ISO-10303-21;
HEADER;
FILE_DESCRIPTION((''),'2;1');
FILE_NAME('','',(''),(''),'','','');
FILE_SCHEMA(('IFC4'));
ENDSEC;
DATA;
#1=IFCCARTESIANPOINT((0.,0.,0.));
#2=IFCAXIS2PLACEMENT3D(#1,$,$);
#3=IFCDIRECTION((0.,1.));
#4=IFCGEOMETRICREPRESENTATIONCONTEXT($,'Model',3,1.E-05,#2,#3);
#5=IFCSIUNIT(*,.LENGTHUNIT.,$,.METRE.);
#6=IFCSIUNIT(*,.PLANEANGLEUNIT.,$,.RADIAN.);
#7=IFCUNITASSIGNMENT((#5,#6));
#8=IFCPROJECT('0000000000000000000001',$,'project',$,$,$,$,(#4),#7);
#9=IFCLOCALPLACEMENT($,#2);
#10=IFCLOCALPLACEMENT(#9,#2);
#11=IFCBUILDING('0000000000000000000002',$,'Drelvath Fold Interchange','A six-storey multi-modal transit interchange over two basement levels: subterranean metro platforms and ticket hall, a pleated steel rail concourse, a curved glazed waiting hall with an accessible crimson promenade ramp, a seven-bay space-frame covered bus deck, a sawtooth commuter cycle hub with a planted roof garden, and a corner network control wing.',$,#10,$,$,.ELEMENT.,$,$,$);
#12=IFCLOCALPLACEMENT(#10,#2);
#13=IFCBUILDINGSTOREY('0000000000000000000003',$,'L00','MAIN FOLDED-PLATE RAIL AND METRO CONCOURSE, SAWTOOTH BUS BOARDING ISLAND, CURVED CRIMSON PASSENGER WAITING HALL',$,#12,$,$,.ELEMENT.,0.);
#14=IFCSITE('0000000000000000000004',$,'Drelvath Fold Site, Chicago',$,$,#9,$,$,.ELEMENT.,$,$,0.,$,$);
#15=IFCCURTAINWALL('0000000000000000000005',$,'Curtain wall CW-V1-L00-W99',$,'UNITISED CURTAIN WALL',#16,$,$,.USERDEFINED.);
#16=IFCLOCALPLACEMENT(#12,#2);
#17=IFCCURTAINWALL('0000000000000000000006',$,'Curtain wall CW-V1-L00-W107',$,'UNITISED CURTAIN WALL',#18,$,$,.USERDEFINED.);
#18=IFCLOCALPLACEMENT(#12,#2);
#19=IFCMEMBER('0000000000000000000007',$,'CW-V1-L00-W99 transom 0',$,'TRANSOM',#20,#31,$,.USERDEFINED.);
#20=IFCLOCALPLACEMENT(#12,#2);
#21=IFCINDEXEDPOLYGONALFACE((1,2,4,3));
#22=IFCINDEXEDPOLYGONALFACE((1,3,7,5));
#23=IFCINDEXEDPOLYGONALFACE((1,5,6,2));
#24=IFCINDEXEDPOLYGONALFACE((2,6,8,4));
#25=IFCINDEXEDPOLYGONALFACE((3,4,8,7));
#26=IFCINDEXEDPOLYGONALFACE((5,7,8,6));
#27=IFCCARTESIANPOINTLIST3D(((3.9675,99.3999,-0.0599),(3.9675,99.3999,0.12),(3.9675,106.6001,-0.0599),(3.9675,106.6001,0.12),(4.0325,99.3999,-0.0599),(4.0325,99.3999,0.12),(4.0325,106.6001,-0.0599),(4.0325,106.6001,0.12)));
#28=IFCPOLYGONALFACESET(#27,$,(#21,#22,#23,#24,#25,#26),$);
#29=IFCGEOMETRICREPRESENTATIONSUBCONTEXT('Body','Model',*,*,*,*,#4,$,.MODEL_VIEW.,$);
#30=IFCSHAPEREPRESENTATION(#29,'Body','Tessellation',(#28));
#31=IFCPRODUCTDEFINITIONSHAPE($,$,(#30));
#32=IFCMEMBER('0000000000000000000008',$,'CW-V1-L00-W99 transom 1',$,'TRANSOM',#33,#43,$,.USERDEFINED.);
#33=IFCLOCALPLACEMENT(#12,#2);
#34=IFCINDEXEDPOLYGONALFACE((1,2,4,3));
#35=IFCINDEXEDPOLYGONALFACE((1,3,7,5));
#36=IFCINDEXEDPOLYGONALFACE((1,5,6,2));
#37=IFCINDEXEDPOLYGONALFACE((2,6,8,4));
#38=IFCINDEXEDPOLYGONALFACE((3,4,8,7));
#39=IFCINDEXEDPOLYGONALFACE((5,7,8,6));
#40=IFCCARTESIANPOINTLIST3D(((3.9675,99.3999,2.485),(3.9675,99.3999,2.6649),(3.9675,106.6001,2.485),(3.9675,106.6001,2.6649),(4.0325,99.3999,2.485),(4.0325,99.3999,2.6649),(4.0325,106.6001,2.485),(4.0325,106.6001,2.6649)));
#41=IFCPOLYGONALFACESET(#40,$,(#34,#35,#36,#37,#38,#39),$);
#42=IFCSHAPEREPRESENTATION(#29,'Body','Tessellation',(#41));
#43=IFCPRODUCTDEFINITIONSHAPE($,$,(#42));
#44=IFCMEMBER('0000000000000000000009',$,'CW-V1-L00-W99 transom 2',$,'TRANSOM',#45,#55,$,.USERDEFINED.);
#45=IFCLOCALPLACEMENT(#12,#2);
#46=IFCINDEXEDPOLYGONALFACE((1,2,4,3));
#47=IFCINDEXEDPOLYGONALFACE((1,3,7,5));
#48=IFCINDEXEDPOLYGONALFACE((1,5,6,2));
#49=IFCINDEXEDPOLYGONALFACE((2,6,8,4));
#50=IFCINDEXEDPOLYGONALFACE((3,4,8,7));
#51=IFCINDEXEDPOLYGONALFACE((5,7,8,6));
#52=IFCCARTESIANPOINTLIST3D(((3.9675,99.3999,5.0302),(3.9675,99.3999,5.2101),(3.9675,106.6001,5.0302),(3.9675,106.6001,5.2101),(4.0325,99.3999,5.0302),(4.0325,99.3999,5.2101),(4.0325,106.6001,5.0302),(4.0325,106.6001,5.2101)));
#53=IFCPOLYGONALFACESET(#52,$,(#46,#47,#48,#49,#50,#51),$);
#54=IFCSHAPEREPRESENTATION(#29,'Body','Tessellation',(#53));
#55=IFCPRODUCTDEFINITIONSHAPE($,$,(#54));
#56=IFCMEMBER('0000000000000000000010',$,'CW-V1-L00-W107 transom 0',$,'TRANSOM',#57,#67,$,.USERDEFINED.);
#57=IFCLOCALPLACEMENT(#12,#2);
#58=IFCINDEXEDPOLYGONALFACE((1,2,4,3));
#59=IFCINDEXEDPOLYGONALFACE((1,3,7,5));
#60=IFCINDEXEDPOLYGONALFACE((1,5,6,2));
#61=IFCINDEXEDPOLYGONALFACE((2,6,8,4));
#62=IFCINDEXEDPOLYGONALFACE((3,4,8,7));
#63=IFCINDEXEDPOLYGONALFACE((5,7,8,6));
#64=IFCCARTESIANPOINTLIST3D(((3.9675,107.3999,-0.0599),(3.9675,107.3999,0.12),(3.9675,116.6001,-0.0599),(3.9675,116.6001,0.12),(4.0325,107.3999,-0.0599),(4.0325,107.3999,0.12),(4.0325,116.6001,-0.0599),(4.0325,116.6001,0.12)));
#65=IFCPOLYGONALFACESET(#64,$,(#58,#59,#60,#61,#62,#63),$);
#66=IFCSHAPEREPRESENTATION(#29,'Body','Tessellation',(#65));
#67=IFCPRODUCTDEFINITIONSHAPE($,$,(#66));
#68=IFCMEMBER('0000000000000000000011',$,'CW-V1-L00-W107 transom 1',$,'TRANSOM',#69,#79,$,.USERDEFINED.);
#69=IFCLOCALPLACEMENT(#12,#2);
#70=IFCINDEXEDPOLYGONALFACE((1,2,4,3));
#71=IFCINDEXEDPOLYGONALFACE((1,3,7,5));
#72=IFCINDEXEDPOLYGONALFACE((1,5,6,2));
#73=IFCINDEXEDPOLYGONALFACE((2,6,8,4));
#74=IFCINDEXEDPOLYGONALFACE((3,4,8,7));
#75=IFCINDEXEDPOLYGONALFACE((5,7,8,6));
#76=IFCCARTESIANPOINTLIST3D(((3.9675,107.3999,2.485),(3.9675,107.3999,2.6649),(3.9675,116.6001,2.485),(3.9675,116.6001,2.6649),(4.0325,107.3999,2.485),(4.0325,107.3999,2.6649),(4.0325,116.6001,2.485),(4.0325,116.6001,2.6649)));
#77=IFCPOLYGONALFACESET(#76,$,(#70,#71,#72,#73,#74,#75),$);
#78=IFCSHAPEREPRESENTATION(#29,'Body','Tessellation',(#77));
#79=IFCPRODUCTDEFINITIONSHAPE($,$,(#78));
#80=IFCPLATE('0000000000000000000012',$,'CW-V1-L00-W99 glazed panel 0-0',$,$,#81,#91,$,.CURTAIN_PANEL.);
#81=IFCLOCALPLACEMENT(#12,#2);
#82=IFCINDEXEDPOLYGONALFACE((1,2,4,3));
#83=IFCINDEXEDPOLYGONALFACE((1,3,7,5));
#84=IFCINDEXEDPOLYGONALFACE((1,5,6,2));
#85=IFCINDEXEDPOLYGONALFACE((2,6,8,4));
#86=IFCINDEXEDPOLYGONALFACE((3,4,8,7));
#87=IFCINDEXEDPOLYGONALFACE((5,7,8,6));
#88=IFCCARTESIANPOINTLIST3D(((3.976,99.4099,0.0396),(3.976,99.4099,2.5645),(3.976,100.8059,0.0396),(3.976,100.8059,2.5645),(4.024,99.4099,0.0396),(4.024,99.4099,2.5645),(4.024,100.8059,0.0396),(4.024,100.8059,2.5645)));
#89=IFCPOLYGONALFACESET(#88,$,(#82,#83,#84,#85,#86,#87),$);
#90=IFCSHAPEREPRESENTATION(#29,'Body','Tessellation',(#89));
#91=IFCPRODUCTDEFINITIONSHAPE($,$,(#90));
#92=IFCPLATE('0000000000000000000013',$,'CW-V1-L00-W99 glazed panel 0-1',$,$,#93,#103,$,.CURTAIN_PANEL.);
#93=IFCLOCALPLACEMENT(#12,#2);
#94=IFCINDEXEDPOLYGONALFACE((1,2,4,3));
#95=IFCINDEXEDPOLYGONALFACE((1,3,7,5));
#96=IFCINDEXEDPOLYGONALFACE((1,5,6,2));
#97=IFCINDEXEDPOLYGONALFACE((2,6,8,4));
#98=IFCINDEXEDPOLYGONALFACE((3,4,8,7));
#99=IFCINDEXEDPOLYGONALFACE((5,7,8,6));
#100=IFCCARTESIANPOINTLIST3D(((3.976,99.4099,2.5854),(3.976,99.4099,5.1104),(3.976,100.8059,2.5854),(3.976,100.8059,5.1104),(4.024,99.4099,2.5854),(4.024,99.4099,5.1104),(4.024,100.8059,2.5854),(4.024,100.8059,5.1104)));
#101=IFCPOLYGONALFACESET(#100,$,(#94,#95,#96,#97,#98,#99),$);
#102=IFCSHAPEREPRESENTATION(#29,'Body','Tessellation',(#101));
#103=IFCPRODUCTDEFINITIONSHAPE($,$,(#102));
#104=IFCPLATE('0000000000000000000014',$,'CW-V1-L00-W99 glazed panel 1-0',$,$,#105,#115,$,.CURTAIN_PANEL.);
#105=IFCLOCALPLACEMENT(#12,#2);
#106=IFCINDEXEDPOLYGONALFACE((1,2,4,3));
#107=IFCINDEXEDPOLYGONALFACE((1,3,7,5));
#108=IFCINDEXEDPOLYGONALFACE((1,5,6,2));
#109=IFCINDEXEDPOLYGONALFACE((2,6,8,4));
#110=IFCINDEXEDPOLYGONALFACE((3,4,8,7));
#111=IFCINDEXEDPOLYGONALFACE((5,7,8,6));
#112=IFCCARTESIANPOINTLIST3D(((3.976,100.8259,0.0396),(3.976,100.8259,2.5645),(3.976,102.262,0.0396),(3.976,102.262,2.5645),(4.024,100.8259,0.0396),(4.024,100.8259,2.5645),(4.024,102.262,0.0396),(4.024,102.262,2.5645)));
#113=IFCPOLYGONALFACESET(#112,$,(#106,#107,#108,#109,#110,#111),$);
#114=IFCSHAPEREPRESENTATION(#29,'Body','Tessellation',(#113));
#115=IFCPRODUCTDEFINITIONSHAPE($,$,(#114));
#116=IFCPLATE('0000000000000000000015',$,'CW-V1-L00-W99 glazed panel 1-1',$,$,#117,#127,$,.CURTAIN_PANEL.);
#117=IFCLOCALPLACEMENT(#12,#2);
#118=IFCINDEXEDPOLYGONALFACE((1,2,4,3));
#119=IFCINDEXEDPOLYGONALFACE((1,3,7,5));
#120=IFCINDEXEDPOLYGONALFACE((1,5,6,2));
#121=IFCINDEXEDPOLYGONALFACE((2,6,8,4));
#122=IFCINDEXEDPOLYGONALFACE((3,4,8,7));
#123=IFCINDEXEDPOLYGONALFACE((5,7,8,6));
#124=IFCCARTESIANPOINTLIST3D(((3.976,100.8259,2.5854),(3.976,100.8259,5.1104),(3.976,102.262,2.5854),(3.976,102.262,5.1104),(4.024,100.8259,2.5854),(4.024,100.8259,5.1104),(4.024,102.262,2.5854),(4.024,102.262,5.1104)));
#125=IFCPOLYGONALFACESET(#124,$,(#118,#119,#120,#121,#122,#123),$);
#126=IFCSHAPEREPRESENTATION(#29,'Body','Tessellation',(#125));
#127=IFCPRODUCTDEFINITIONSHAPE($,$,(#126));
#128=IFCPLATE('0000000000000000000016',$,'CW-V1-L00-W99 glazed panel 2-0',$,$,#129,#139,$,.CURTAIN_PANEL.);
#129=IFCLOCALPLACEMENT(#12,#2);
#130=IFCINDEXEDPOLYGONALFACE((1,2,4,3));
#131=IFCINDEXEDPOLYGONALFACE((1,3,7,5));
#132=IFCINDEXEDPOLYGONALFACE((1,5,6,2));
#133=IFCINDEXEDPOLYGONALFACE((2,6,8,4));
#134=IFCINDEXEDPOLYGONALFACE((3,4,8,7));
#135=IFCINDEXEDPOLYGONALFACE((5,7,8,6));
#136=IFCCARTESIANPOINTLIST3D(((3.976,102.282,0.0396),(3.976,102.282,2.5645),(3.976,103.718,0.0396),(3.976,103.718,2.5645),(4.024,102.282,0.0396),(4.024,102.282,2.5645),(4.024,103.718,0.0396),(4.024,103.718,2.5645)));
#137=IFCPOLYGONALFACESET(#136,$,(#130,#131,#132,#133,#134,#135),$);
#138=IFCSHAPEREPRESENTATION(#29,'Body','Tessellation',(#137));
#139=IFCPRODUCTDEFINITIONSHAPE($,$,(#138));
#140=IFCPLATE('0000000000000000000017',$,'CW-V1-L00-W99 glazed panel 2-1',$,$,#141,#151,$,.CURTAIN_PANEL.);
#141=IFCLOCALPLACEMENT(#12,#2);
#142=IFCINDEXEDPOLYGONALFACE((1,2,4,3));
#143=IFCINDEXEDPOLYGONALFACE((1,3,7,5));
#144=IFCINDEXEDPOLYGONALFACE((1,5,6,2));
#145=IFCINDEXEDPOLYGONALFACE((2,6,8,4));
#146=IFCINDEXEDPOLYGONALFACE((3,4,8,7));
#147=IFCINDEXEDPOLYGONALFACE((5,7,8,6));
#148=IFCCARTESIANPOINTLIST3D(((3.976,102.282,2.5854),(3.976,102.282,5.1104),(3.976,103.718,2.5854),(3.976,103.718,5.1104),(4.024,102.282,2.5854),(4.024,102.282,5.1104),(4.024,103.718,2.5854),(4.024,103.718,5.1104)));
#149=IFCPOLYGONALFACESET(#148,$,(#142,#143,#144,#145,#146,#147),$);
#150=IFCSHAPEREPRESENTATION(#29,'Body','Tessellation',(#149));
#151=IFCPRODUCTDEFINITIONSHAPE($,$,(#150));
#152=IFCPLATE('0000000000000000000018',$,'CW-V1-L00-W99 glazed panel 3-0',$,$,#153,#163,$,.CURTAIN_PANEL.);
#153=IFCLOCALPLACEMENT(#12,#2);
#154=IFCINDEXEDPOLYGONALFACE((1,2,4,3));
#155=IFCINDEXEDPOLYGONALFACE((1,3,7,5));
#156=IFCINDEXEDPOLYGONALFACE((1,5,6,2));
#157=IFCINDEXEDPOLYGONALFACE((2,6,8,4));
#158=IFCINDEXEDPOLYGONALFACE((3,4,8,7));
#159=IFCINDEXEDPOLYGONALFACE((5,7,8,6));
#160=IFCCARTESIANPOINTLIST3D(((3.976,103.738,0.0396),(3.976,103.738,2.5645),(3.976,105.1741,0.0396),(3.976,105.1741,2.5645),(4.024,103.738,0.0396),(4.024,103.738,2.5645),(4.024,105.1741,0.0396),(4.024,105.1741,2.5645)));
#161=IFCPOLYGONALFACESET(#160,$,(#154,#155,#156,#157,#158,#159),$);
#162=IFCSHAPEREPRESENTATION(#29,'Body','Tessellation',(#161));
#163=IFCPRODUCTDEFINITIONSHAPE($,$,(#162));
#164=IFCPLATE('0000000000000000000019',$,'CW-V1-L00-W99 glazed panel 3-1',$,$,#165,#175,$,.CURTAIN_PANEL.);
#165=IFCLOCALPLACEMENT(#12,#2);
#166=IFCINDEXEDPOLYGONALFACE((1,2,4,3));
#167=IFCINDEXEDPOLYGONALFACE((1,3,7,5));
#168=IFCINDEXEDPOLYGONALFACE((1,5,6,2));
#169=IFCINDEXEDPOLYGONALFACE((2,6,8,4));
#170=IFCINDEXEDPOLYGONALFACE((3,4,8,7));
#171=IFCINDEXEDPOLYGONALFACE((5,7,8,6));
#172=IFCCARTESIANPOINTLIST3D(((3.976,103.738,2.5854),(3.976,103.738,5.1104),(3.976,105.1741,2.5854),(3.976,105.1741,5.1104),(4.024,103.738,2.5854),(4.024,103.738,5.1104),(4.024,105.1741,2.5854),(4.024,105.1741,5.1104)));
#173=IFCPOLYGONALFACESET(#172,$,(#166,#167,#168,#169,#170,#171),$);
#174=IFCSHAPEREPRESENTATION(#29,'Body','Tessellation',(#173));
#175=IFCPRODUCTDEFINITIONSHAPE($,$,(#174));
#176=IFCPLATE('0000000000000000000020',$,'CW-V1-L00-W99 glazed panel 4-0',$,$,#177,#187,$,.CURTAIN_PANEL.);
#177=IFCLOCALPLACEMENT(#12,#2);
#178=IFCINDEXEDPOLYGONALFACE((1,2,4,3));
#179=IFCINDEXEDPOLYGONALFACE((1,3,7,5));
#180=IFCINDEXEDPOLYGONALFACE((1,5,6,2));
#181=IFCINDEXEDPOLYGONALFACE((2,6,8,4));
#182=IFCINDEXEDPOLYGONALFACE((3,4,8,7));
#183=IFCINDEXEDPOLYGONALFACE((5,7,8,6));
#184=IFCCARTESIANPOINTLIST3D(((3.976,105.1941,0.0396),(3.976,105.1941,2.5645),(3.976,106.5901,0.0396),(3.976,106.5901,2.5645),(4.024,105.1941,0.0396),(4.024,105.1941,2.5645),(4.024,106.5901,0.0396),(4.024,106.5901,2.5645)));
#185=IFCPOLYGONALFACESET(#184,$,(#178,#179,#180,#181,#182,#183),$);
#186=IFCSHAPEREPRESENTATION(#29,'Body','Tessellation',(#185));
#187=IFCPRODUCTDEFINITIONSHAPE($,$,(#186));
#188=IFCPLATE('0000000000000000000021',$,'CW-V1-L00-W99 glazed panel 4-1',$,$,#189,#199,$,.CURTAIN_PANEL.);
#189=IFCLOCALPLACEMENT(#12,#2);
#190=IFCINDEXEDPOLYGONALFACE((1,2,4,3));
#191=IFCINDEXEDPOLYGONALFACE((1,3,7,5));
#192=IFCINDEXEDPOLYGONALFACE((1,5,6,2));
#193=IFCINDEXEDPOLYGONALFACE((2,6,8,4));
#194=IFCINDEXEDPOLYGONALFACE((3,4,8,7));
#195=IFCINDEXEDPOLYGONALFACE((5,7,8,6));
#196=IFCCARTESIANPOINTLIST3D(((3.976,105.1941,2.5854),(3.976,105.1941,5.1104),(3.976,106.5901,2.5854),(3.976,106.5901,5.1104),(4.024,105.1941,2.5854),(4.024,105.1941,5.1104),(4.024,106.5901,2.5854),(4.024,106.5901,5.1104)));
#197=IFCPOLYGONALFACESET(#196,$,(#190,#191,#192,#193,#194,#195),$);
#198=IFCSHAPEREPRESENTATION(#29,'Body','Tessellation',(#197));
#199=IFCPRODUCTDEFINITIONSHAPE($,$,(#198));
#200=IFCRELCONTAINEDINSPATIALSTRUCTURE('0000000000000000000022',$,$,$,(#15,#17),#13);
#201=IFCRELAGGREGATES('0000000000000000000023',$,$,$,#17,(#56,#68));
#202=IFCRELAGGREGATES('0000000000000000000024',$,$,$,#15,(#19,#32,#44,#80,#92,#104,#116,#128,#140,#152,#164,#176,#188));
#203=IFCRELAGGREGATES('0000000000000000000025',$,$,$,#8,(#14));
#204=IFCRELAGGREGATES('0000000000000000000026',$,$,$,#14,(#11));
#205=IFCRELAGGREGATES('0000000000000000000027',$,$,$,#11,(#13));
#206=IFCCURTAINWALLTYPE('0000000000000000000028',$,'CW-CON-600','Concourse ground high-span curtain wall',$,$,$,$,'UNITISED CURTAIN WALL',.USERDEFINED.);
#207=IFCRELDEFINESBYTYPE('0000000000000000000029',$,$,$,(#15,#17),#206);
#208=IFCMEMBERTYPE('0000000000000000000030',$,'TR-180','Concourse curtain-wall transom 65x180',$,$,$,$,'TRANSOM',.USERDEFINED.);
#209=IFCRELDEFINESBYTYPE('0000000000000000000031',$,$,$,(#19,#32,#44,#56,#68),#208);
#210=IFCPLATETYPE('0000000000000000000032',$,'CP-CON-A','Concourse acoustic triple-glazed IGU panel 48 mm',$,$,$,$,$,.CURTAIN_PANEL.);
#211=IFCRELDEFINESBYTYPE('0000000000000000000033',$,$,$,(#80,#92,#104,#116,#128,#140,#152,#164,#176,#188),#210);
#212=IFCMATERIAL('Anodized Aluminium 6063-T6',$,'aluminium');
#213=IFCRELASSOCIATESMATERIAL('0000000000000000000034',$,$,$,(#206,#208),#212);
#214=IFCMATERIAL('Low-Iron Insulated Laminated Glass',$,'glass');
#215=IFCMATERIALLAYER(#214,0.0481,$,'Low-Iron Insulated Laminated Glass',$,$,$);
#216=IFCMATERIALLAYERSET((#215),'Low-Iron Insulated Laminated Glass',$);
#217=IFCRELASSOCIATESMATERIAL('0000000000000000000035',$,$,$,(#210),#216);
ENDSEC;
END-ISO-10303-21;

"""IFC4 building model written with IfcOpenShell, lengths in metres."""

from ifc_helpers import new_model, si_unit, direction, frame, origin, origin_2d, place, context, subcontext, project, spatial, rectangle, extrude, material, layer, layer_set, material_profile, profile_set, type_object, element, aggregate, save


model = new_model("IFC4")

# Units and contexts
model_context = context("Model", 3, precision=1e-05, world=origin(), true_north=direction((0.0, 1.0)))
body_context = subcontext(model_context, "Body", "Model", "MODEL_VIEW")
ifc_project = project(units=[si_unit("LENGTHUNIT", "METRE"), si_unit("PLANEANGLEUNIT", "RADIAN")], contexts=[model_context])

# Site, building, storey
site_placement = place(None, origin())
site = spatial("IfcSite", under=ifc_project, at=site_placement, Name="Drelvath Fold Site, Chicago", CompositionType="ELEMENT", RefElevation=0.0)
building_placement = place(site_placement, origin())
building = spatial("IfcBuilding", under=site, at=building_placement, Name="Drelvath Fold Interchange", Description="A six-storey multi-modal transit interchange over two basement levels: subterranean metro platforms and ticket hall, a pleated steel rail concourse, a curved glazed waiting hall with an accessible crimson promenade ramp, a seven-bay space-frame covered bus deck, a sawtooth commuter cycle hub with a planted roof garden, and a corner network control wing.", CompositionType="ELEMENT")
storey_placement = place(building_placement, origin())
storey = spatial("IfcBuildingStorey", under=building, at=storey_placement, Name="L00", Description="MAIN FOLDED-PLATE RAIL AND METRO CONCOURSE, SAWTOOTH BUS BOARDING ISLAND, CURVED CRIMSON PASSENGER WAITING HALL", CompositionType="ELEMENT", Elevation=0.0)

# Curtain wall
ifc_material_1 = material(Name="Anodized Aluminium 6063-T6", Category="aluminium")
curtain_wall_type = type_object("IfcCurtainWallType", Name="CW-CON-600", Description="Concourse ground high-span curtain wall", ElementType="UNITISED CURTAIN WALL", PredefinedType="USERDEFINED", material=ifc_material_1)
curtain_wall_1_placement = place(storey_placement, origin())
curtain_wall_1 = element("IfcCurtainWall", 1, at=curtain_wall_1_placement, inside=storey, type_object=curtain_wall_type, Name="Curtain wall CW-V1-L00-W99", ObjectType="UNITISED CURTAIN WALL", PredefinedType="USERDEFINED")

# Curtain wall
curtain_wall_2_placement = place(storey_placement, origin())
curtain_wall_2 = element("IfcCurtainWall", 2, at=curtain_wall_2_placement, inside=storey, type_object=curtain_wall_type, Name="Curtain wall CW-V1-L00-W107", ObjectType="UNITISED CURTAIN WALL", PredefinedType="USERDEFINED")

# Members
ifc_material_profile_1 = material_profile(ifc_material_1, rectangle(XDim=0.0649, YDim=0.1799, at=origin_2d()), Name="AL-T 65x180")
ifc_profile_set_1 = profile_set([ifc_material_profile_1], Name="Anodized Aluminium 6063-T6")
member_type_1 = type_object("IfcMemberType", Name="TR-180", Description="Concourse curtain-wall transom 65x180", ElementType="TRANSOM", PredefinedType="USERDEFINED", material=ifc_profile_set_1)
member_1_placement = place(storey_placement, frame((4.0, 99.3999, 0.03), z_axis=(0.0, 1.0, 0.0), x_axis=(-1.0, 0.0, 0.0)))
member_1 = element("IfcMember", 3, at=member_1_placement, type_object=member_type_1, Name="CW-V1-L00-W99 transom 0", ObjectType="TRANSOM", PredefinedType="USERDEFINED", context=body_context, shape_type="SweptSolid", body=[
    extrude(rectangle(XDim=0.0649, YDim=0.1799, at=origin_2d()), origin(), (0.0, 0.0, 1.0), 7.2002),
])
member_2_placement = place(storey_placement, frame((4.0, 99.3999, 2.575), z_axis=(0.0, 1.0, 0.0), x_axis=(-1.0, 0.0, 0.0)))
member_2 = element("IfcMember", 4, at=member_2_placement, type_object=member_type_1, Name="CW-V1-L00-W99 transom 1", ObjectType="TRANSOM", PredefinedType="USERDEFINED", context=body_context, shape_type="SweptSolid", body=[
    extrude(rectangle(XDim=0.0649, YDim=0.1799, at=origin_2d()), origin(), (0.0, 0.0, 1.0), 7.2002),
])
member_3_placement = place(storey_placement, frame((4.0, 99.3999, 5.1201), z_axis=(0.0, 1.0, 0.0), x_axis=(-1.0, 0.0, 0.0)))
member_3 = element("IfcMember", 5, at=member_3_placement, type_object=member_type_1, Name="CW-V1-L00-W99 transom 2", ObjectType="TRANSOM", PredefinedType="USERDEFINED", context=body_context, shape_type="SweptSolid", body=[
    extrude(rectangle(XDim=0.0649, YDim=0.1799, at=origin_2d()), origin(), (0.0, 0.0, 1.0), 7.2002),
])
member_4_placement = place(storey_placement, frame((4.0, 107.3999, 0.03), z_axis=(0.0, 1.0, 0.0), x_axis=(-1.0, 0.0, 0.0)))
member_4 = element("IfcMember", 6, at=member_4_placement, type_object=member_type_1, Name="CW-V1-L00-W107 transom 0", ObjectType="TRANSOM", PredefinedType="USERDEFINED", context=body_context, shape_type="SweptSolid", body=[
    extrude(rectangle(XDim=0.0649, YDim=0.1799, at=origin_2d()), origin(), (0.0, 0.0, 1.0), 9.2002),
])
member_5_placement = place(storey_placement, frame((4.0, 107.3999, 2.575), z_axis=(0.0, 1.0, 0.0), x_axis=(-1.0, 0.0, 0.0)))
member_5 = element("IfcMember", 7, at=member_5_placement, type_object=member_type_1, Name="CW-V1-L00-W107 transom 1", ObjectType="TRANSOM", PredefinedType="USERDEFINED", context=body_context, shape_type="SweptSolid", body=[
    extrude(rectangle(XDim=0.0649, YDim=0.1799, at=origin_2d()), origin(), (0.0, 0.0, 1.0), 9.2002),
])
aggregate(curtain_wall_2, [member_4, member_5])

# Plates
ifc_material_2 = material(Name="Low-Iron Insulated Laminated Glass", Category="glass")
ifc_layer_1 = layer(ifc_material_2, 0.0481, Name="Low-Iron Insulated Laminated Glass")
ifc_layer_set_1 = layer_set([ifc_layer_1], Name="Low-Iron Insulated Laminated Glass")
plate_type_1 = type_object("IfcPlateType", Name="CP-CON-A", Description="Concourse acoustic triple-glazed IGU panel 48 mm", PredefinedType="CURTAIN_PANEL", material=ifc_layer_set_1)
plate_1_placement = place(storey_placement, frame((4.0, 100.1079, 0.0396), z_axis=(0.0, 0.0, 1.0), x_axis=(0.0, 1.0, 0.0)))
plate_1 = element("IfcPlate", 8, at=plate_1_placement, type_object=plate_type_1, Name="CW-V1-L00-W99 glazed panel 0-0", PredefinedType="CURTAIN_PANEL", context=body_context, shape_type="SweptSolid", body=[
    extrude(rectangle(XDim=1.396, YDim=0.0481, at=origin_2d()), origin(), (0.0, 0.0, 1.0), 2.5249),
])
plate_2_placement = place(storey_placement, frame((4.0, 100.1079, 2.5854), z_axis=(0.0, 0.0, 1.0), x_axis=(0.0, 1.0, 0.0)))
plate_2 = element("IfcPlate", 9, at=plate_2_placement, type_object=plate_type_1, Name="CW-V1-L00-W99 glazed panel 0-1", PredefinedType="CURTAIN_PANEL", context=body_context, shape_type="SweptSolid", body=[
    extrude(rectangle(XDim=1.396, YDim=0.0481, at=origin_2d()), origin(), (0.0, 0.0, 1.0), 2.5249),
])
plate_3_placement = place(storey_placement, frame((4.0, 101.5439, 0.0396), z_axis=(0.0, 0.0, 1.0), x_axis=(0.0, 1.0, 0.0)))
plate_3 = element("IfcPlate", 10, at=plate_3_placement, type_object=plate_type_1, Name="CW-V1-L00-W99 glazed panel 1-0", PredefinedType="CURTAIN_PANEL", context=body_context, shape_type="SweptSolid", body=[
    extrude(rectangle(XDim=1.436, YDim=0.0481, at=origin_2d()), origin(), (0.0, 0.0, 1.0), 2.5249),
])
plate_4_placement = place(storey_placement, frame((4.0, 101.5439, 2.5854), z_axis=(0.0, 0.0, 1.0), x_axis=(0.0, 1.0, 0.0)))
plate_4 = element("IfcPlate", 11, at=plate_4_placement, type_object=plate_type_1, Name="CW-V1-L00-W99 glazed panel 1-1", PredefinedType="CURTAIN_PANEL", context=body_context, shape_type="SweptSolid", body=[
    extrude(rectangle(XDim=1.436, YDim=0.0481, at=origin_2d()), origin(), (0.0, 0.0, 1.0), 2.5249),
])
plate_5_placement = place(storey_placement, frame((4.0, 103.0, 0.0396), z_axis=(0.0, 0.0, 1.0), x_axis=(0.0, 1.0, 0.0)))
plate_5 = element("IfcPlate", 12, at=plate_5_placement, type_object=plate_type_1, Name="CW-V1-L00-W99 glazed panel 2-0", PredefinedType="CURTAIN_PANEL", context=body_context, shape_type="SweptSolid", body=[
    extrude(rectangle(XDim=1.436, YDim=0.0481, at=origin_2d()), origin(), (0.0, 0.0, 1.0), 2.5249),
])
plate_6_placement = place(storey_placement, frame((4.0, 103.0, 2.5854), z_axis=(0.0, 0.0, 1.0), x_axis=(0.0, 1.0, 0.0)))
plate_6 = element("IfcPlate", 13, at=plate_6_placement, type_object=plate_type_1, Name="CW-V1-L00-W99 glazed panel 2-1", PredefinedType="CURTAIN_PANEL", context=body_context, shape_type="SweptSolid", body=[
    extrude(rectangle(XDim=1.436, YDim=0.0481, at=origin_2d()), origin(), (0.0, 0.0, 1.0), 2.5249),
])
plate_7_placement = place(storey_placement, frame((4.0, 104.4561, 0.0396), z_axis=(0.0, 0.0, 1.0), x_axis=(0.0, 1.0, 0.0)))
plate_7 = element("IfcPlate", 14, at=plate_7_placement, type_object=plate_type_1, Name="CW-V1-L00-W99 glazed panel 3-0", PredefinedType="CURTAIN_PANEL", context=body_context, shape_type="SweptSolid", body=[
    extrude(rectangle(XDim=1.436, YDim=0.0481, at=origin_2d()), origin(), (0.0, 0.0, 1.0), 2.5249),
])
plate_8_placement = place(storey_placement, frame((4.0, 104.4561, 2.5854), z_axis=(0.0, 0.0, 1.0), x_axis=(0.0, 1.0, 0.0)))
plate_8 = element("IfcPlate", 15, at=plate_8_placement, type_object=plate_type_1, Name="CW-V1-L00-W99 glazed panel 3-1", PredefinedType="CURTAIN_PANEL", context=body_context, shape_type="SweptSolid", body=[
    extrude(rectangle(XDim=1.436, YDim=0.0481, at=origin_2d()), origin(), (0.0, 0.0, 1.0), 2.5249),
])
plate_9_placement = place(storey_placement, frame((4.0, 105.8921, 0.0396), z_axis=(0.0, 0.0, 1.0), x_axis=(0.0, 1.0, 0.0)))
plate_9 = element("IfcPlate", 16, at=plate_9_placement, type_object=plate_type_1, Name="CW-V1-L00-W99 glazed panel 4-0", PredefinedType="CURTAIN_PANEL", context=body_context, shape_type="SweptSolid", body=[
    extrude(rectangle(XDim=1.396, YDim=0.0481, at=origin_2d()), origin(), (0.0, 0.0, 1.0), 2.5249),
])
plate_10_placement = place(storey_placement, frame((4.0, 105.8921, 2.5854), z_axis=(0.0, 0.0, 1.0), x_axis=(0.0, 1.0, 0.0)))
plate_10 = element("IfcPlate", 17, at=plate_10_placement, type_object=plate_type_1, Name="CW-V1-L00-W99 glazed panel 4-1", PredefinedType="CURTAIN_PANEL", context=body_context, shape_type="SweptSolid", body=[
    extrude(rectangle(XDim=1.396, YDim=0.0481, at=origin_2d()), origin(), (0.0, 0.0, 1.0), 2.5249),
])
aggregate(curtain_wall_1, [member_1, member_2, member_3, plate_1, plate_2, plate_3, plate_4, plate_5, plate_6, plate_7, plate_8, plate_9, plate_10])

save(model, "model.ifc")
